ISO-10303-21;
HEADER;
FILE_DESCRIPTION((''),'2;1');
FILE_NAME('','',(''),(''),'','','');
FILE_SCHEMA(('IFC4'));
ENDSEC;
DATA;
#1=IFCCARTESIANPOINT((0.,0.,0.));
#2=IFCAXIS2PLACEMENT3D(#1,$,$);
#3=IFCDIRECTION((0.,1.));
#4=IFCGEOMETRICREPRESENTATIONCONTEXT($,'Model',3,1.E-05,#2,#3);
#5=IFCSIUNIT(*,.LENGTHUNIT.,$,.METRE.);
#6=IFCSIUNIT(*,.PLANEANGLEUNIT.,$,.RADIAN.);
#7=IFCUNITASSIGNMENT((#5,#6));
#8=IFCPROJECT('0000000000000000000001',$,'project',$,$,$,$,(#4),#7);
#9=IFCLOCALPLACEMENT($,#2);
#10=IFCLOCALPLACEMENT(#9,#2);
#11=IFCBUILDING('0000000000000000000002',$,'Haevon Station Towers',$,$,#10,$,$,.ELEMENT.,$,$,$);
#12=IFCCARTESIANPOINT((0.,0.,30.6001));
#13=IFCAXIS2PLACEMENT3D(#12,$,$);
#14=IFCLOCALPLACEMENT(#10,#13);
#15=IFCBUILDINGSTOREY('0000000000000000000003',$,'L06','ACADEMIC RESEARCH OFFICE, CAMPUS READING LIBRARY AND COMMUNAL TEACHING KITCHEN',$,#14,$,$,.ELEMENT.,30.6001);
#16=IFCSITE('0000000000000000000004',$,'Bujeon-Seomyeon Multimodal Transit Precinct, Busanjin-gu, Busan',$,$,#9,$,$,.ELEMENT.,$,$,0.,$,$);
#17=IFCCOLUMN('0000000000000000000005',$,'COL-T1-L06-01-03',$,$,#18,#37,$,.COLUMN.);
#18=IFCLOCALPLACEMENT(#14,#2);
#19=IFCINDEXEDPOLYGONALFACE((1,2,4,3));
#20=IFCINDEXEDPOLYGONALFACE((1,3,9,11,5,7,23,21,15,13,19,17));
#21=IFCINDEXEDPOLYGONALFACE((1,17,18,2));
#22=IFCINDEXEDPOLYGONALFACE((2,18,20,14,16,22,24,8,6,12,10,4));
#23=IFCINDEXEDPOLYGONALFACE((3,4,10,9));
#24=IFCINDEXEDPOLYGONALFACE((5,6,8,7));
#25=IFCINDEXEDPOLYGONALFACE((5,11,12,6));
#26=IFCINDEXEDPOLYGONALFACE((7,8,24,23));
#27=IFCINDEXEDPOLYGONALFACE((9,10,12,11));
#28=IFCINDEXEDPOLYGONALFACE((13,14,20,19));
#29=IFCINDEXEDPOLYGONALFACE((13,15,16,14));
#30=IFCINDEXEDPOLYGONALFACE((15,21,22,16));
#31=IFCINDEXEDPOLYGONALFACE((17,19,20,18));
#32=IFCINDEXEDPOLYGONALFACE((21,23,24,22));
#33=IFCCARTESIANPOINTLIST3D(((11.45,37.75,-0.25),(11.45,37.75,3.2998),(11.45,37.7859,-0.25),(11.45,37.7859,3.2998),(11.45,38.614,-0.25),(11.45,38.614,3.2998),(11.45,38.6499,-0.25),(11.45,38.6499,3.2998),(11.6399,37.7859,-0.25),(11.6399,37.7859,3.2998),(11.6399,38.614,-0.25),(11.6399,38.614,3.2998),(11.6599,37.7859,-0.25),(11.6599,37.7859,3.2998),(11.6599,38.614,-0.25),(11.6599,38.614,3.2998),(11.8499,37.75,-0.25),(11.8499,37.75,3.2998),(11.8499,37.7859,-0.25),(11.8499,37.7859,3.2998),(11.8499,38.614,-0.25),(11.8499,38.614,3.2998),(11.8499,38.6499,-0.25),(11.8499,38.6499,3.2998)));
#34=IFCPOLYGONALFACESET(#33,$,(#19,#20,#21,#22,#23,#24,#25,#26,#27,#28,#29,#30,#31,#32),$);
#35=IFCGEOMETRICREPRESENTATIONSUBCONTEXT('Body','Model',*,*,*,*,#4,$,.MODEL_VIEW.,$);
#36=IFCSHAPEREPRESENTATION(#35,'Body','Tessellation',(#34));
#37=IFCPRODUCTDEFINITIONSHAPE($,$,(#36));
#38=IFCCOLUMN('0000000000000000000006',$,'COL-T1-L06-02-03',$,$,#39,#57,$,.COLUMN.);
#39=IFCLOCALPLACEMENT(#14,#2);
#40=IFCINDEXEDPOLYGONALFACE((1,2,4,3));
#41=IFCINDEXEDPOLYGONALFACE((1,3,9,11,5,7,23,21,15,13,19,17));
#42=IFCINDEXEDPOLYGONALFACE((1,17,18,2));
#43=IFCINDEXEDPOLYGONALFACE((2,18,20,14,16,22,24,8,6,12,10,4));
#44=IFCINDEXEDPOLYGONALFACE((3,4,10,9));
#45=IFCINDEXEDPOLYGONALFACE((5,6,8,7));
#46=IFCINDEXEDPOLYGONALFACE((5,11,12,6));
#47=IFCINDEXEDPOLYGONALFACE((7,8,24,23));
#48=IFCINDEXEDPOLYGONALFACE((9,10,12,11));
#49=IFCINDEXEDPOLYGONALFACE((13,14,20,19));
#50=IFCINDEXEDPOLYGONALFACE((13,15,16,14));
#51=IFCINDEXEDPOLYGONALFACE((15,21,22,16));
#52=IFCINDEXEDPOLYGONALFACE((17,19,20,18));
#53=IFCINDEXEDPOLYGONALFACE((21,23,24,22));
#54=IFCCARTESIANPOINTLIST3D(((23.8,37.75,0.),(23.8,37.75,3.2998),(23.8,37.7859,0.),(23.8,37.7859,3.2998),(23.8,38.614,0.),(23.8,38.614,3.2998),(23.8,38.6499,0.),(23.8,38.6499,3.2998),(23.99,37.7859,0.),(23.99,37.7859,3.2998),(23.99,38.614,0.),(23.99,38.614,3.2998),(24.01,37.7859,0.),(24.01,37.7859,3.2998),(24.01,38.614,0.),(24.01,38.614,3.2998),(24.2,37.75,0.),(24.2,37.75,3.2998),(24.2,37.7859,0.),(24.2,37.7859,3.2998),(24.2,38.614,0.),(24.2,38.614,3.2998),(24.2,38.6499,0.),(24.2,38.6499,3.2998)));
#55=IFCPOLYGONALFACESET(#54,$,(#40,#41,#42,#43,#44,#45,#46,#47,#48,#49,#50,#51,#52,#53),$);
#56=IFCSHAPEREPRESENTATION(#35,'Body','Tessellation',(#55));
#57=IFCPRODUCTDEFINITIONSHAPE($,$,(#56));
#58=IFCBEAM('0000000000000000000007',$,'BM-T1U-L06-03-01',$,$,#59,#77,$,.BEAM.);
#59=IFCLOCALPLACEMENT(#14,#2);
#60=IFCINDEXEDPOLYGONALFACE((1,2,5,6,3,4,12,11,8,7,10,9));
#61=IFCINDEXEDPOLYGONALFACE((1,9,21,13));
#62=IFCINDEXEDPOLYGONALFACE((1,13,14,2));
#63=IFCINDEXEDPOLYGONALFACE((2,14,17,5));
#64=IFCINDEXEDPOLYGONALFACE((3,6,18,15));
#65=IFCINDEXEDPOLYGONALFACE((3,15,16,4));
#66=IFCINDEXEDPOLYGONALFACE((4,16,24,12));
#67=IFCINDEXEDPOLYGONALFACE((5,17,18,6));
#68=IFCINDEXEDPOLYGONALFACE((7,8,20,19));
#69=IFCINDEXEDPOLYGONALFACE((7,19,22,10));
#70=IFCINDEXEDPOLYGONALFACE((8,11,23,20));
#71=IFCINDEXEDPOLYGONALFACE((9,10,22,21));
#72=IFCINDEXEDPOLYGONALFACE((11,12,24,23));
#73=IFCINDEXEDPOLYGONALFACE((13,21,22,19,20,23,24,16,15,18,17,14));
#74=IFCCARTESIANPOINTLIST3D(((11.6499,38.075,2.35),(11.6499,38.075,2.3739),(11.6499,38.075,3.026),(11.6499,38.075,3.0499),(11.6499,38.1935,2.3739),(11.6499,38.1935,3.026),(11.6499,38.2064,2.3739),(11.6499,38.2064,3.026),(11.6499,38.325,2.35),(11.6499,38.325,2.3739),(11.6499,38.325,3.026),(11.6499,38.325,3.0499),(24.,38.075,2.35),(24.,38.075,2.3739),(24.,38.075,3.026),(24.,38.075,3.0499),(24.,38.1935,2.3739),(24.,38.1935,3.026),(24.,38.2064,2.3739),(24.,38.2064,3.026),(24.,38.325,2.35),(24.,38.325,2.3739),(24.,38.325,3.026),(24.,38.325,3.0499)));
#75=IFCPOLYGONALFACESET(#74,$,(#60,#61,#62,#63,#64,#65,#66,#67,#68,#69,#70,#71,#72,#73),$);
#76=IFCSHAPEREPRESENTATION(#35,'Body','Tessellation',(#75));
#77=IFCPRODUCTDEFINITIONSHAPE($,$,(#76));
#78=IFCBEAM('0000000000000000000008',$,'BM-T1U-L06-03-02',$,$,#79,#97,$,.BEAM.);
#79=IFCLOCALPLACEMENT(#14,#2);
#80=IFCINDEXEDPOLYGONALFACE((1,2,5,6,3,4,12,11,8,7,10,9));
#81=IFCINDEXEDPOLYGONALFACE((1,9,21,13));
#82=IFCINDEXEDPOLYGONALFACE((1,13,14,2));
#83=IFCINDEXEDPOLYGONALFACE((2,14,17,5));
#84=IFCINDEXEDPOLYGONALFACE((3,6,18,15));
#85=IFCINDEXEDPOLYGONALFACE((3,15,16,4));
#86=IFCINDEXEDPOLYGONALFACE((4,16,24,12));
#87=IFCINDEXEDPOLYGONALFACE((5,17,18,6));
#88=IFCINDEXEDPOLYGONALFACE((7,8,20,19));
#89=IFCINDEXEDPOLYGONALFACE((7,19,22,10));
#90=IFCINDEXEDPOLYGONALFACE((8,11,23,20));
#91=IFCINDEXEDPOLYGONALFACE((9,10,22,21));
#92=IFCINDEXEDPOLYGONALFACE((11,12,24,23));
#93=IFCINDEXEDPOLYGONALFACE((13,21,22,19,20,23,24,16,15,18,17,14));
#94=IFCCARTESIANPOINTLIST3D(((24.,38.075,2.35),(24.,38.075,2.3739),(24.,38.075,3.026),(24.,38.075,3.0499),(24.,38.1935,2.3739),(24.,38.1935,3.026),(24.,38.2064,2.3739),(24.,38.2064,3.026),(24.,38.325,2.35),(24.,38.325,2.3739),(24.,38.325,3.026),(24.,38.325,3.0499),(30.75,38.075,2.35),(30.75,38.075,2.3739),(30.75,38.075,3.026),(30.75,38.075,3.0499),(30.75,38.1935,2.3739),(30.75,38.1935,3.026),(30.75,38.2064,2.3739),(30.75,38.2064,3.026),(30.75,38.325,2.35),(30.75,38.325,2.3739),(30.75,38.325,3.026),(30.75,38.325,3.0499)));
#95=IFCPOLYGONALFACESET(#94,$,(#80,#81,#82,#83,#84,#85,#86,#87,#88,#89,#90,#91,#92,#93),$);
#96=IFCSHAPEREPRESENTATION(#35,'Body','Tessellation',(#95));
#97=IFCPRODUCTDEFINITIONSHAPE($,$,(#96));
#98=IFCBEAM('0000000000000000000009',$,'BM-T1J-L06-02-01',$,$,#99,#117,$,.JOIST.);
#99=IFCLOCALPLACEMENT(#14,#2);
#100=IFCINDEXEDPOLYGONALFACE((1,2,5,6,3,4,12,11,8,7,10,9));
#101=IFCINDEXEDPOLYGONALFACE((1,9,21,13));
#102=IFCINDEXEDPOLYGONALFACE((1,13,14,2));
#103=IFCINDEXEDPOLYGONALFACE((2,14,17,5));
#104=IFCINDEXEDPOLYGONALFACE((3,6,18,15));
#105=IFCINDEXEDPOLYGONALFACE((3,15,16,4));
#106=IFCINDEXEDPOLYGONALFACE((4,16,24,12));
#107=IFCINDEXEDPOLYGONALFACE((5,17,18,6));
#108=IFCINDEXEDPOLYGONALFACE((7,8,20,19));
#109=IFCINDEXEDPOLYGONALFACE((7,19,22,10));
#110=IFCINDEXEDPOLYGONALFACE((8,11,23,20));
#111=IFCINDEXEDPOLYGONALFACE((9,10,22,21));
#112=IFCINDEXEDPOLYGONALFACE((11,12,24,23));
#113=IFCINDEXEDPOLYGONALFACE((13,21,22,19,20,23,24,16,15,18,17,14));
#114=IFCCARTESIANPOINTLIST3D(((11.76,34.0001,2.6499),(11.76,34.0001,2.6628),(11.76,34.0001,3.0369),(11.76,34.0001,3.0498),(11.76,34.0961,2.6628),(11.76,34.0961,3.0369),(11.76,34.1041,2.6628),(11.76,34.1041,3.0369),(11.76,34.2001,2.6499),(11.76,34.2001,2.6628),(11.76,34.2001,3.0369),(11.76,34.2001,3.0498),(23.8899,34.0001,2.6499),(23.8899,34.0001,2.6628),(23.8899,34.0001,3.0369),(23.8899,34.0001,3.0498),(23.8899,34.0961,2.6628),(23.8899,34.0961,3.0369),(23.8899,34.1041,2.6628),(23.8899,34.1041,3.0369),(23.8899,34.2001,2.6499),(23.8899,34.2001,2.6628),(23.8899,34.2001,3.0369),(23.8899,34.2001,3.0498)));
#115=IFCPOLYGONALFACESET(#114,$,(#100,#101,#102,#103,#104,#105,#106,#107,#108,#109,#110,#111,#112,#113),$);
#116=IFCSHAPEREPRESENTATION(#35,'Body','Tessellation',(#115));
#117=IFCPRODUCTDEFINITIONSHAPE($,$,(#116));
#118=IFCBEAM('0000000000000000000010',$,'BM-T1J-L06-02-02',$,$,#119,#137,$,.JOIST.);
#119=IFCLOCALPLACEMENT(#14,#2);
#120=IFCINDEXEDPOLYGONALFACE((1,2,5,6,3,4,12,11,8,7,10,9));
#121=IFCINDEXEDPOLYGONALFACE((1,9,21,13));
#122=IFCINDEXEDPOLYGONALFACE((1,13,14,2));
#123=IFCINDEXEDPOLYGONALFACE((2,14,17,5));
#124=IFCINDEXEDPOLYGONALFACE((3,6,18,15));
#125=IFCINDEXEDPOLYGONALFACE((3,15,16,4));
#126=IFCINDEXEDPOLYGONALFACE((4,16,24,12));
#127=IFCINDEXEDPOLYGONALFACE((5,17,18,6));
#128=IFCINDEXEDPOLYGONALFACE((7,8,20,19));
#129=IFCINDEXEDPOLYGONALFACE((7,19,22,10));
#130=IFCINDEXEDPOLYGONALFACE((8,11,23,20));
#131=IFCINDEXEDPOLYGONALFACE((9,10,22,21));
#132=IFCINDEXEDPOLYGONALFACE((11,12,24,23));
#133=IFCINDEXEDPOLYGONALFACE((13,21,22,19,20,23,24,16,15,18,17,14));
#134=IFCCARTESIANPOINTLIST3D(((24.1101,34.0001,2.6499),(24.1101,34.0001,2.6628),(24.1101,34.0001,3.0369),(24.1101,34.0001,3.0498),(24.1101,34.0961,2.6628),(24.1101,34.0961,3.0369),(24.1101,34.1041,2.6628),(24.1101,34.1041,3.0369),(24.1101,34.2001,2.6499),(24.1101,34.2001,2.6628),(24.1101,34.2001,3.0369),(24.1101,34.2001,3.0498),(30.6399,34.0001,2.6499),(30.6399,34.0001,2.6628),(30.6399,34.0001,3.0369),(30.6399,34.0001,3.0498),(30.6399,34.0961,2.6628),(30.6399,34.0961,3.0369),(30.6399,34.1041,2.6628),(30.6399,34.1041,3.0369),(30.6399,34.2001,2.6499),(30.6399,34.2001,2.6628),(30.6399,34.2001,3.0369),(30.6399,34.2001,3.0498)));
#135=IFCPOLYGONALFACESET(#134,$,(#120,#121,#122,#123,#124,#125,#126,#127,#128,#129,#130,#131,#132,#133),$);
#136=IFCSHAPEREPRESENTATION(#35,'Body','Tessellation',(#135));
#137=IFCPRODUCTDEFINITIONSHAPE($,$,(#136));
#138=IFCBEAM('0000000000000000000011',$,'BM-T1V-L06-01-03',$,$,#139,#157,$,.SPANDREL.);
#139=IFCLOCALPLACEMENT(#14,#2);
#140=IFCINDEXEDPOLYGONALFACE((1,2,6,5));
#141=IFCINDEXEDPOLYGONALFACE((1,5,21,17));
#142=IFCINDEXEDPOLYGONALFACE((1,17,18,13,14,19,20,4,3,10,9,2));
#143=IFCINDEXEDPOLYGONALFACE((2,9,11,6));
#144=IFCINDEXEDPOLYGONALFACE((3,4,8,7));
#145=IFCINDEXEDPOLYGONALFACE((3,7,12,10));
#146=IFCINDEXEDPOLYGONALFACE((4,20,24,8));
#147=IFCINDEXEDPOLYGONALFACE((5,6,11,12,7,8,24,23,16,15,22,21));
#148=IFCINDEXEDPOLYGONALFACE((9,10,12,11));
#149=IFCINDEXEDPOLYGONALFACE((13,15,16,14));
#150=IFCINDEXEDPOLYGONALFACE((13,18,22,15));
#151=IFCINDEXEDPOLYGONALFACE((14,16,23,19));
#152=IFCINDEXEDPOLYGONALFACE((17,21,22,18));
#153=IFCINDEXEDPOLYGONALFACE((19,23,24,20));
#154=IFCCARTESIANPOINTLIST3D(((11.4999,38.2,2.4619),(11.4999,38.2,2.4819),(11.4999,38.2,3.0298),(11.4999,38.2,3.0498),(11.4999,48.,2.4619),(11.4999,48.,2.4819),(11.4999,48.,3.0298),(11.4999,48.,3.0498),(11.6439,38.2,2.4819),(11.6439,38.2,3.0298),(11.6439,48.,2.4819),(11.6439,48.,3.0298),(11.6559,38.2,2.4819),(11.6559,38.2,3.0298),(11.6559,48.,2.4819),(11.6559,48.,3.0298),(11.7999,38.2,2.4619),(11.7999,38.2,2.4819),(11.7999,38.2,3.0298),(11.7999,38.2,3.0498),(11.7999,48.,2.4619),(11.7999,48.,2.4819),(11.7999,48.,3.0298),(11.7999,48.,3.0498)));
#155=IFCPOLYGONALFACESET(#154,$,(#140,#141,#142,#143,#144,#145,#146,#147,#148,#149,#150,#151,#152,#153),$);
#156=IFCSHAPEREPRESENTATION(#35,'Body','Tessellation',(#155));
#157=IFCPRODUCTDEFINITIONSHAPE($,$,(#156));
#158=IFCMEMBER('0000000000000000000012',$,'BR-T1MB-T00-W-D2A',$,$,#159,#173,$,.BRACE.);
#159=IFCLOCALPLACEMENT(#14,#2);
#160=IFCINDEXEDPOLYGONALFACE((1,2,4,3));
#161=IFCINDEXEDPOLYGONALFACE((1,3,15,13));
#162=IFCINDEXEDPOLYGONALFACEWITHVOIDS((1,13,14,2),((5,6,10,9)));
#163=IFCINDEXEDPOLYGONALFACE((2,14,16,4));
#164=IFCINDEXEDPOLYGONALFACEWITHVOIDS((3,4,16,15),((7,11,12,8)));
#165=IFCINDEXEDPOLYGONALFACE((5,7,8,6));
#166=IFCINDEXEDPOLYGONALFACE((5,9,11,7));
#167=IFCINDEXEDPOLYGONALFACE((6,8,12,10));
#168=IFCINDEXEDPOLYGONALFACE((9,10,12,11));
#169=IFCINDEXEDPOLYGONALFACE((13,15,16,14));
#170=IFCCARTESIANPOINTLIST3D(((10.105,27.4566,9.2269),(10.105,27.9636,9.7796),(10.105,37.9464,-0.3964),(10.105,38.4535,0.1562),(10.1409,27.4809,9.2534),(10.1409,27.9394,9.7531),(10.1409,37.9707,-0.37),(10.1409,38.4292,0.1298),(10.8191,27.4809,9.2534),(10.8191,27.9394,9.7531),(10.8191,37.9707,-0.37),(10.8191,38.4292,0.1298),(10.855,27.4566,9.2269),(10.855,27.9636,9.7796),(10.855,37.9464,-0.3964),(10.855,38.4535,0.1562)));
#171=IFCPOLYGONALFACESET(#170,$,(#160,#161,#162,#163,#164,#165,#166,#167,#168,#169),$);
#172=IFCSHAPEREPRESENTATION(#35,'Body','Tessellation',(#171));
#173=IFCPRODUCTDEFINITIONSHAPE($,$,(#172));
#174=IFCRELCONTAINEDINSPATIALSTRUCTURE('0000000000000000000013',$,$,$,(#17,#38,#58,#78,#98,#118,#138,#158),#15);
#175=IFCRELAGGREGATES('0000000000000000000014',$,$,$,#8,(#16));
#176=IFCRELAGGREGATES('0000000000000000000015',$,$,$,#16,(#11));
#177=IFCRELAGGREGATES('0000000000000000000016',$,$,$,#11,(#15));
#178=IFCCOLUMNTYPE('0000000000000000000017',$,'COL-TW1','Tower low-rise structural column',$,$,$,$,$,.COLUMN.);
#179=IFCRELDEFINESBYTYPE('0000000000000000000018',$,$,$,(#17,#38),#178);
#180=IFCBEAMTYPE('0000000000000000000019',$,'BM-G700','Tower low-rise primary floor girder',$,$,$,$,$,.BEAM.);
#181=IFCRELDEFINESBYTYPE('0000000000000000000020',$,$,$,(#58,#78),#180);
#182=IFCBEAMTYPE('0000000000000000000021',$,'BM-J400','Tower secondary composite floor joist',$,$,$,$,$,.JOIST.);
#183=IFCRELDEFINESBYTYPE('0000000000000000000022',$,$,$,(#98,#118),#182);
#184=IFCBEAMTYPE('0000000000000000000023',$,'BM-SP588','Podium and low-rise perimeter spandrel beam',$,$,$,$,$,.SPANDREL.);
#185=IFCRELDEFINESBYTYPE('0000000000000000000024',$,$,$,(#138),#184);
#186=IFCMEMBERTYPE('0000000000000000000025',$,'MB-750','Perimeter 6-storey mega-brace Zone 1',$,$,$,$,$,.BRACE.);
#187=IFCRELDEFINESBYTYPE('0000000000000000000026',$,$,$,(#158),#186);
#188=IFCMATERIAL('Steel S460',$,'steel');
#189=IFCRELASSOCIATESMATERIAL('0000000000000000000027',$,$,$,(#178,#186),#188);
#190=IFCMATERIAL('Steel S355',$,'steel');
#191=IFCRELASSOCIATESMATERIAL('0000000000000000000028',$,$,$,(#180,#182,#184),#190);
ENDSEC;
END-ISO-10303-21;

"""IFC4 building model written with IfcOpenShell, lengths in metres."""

from ifc_helpers import new_model, si_unit, direction, frame, origin, origin_2d, place, context, subcontext, project, spatial, hollow_rectangle, i_section, extrude, material, material_profile, profile_set, type_object, element, save


model = new_model("IFC4")

# Units and contexts
model_context = context("Model", 3, precision=1e-05, world=origin(), true_north=direction((0.0, 1.0)))
body_context = subcontext(model_context, "Body", "Model", "MODEL_VIEW")
ifc_project = project(units=[si_unit("LENGTHUNIT", "METRE"), si_unit("PLANEANGLEUNIT", "RADIAN")], contexts=[model_context])

# Site, building, storey
site_placement = place(None, origin())
site = spatial("IfcSite", under=ifc_project, at=site_placement, Name="Bujeon-Seomyeon Multimodal Transit Precinct, Busanjin-gu, Busan", CompositionType="ELEMENT", RefElevation=0.0)
building_placement = place(site_placement, origin())
building = spatial("IfcBuilding", under=site, at=building_placement, Name="Haevon Station Towers", CompositionType="ELEMENT")
storey_placement = place(building_placement, frame((0.0, 0.0, 30.6001)))
storey = spatial("IfcBuildingStorey", under=building, at=storey_placement, Name="L06", Description="ACADEMIC RESEARCH OFFICE, CAMPUS READING LIBRARY AND COMMUNAL TEACHING KITCHEN", CompositionType="ELEMENT", Elevation=30.6001)

# Columns
ifc_material_1 = material(Name="Steel S460", Category="steel")
ifc_material_profile_1 = material_profile(ifc_material_1, i_section(OverallWidth=0.3999, OverallDepth=0.8999, WebThickness=0.02, FlangeThickness=0.0359, at=origin_2d()), Name="H-900x400x20x36")
ifc_profile_set_1 = profile_set([ifc_material_profile_1], Name="Steel S460")
column_type = type_object("IfcColumnType", Name="COL-TW1", Description="Tower low-rise structural column", PredefinedType="COLUMN", material=ifc_profile_set_1)
column_1_placement = place(storey_placement, frame((11.6499, 38.2, -0.25), z_axis=(0.0, 0.0, 1.0), x_axis=(1.0, 0.0, 0.0)))
element("IfcColumn", 1, at=column_1_placement, inside=storey, type_object=column_type, Name="COL-T1-L06-01-03", PredefinedType="COLUMN", context=body_context, shape_type="SweptSolid", body=[
    extrude(i_section(OverallWidth=0.3999, OverallDepth=0.8999, WebThickness=0.02, FlangeThickness=0.0359, at=origin_2d()), origin(), (0.0, 0.0, 1.0), 3.5498),
])
column_2_placement = place(storey_placement, frame((24.0, 38.2, 0.0), z_axis=(0.0, 0.0, 1.0), x_axis=(1.0, 0.0, 0.0)))
element("IfcColumn", 2, at=column_2_placement, inside=storey, type_object=column_type, Name="COL-T1-L06-02-03", PredefinedType="COLUMN", context=body_context, shape_type="SweptSolid", body=[
    extrude(i_section(OverallWidth=0.3999, OverallDepth=0.8999, WebThickness=0.02, FlangeThickness=0.0359, at=origin_2d()), origin(), (0.0, 0.0, 1.0), 3.2998),
])

# Beams
ifc_material_2 = material(Name="Steel S355", Category="steel")
ifc_material_profile_2 = material_profile(ifc_material_2, i_section(OverallWidth=0.25, OverallDepth=0.7, WebThickness=0.0129, FlangeThickness=0.0239, at=origin_2d()), Name="H-700x250x13x24")
ifc_profile_set_2 = profile_set([ifc_material_profile_2], Name="Steel S355")
beam_type_1 = type_object("IfcBeamType", Name="BM-G700", Description="Tower low-rise primary floor girder", PredefinedType="BEAM", material=ifc_profile_set_2)
beam_1_placement = place(storey_placement, frame((11.6499, 38.2, 2.7), z_axis=(1.0, 0.0, 0.0), x_axis=(0.0, 1.0, 0.0)))
element("IfcBeam", 3, at=beam_1_placement, inside=storey, type_object=beam_type_1, Name="BM-T1U-L06-03-01", PredefinedType="BEAM", context=body_context, shape_type="SweptSolid", body=[
    extrude(i_section(OverallWidth=0.25, OverallDepth=0.7, WebThickness=0.0129, FlangeThickness=0.0239, at=origin_2d()), origin(), (0.0, 0.0, 1.0), 12.3501),
])
beam_2_placement = place(storey_placement, frame((24.0, 38.2, 2.7), z_axis=(1.0, 0.0, 0.0), x_axis=(0.0, 1.0, 0.0)))
element("IfcBeam", 4, at=beam_2_placement, inside=storey, type_object=beam_type_1, Name="BM-T1U-L06-03-02", PredefinedType="BEAM", context=body_context, shape_type="SweptSolid", body=[
    extrude(i_section(OverallWidth=0.25, OverallDepth=0.7, WebThickness=0.0129, FlangeThickness=0.0239, at=origin_2d()), origin(), (0.0, 0.0, 1.0), 6.75),
])
ifc_material_profile_3 = material_profile(ifc_material_2, i_section(OverallWidth=0.2, OverallDepth=0.3999, WebThickness=0.0081, FlangeThickness=0.0129, at=origin_2d()), Name="H-400x200x8x13")
ifc_profile_set_3 = profile_set([ifc_material_profile_3], Name="Steel S355")
beam_type_2 = type_object("IfcBeamType", Name="BM-J400", Description="Tower secondary composite floor joist", PredefinedType="JOIST", material=ifc_profile_set_3)
beam_3_placement = place(storey_placement, frame((11.76, 34.1001, 2.8499), z_axis=(1.0, 0.0, 0.0), x_axis=(0.0, 1.0, 0.0)))
element("IfcBeam", 5, at=beam_3_placement, inside=storey, type_object=beam_type_2, Name="BM-T1J-L06-02-01", PredefinedType="JOIST", context=body_context, shape_type="SweptSolid", body=[
    extrude(i_section(OverallWidth=0.2, OverallDepth=0.3999, WebThickness=0.0081, FlangeThickness=0.0129, at=origin_2d()), origin(), (0.0, 0.0, 1.0), 12.1299),
])
beam_4_placement = place(storey_placement, frame((24.1101, 34.1001, 2.8499), z_axis=(1.0, 0.0, 0.0), x_axis=(0.0, 1.0, 0.0)))
element("IfcBeam", 6, at=beam_4_placement, inside=storey, type_object=beam_type_2, Name="BM-T1J-L06-02-02", PredefinedType="JOIST", context=body_context, shape_type="SweptSolid", body=[
    extrude(i_section(OverallWidth=0.2, OverallDepth=0.3999, WebThickness=0.0081, FlangeThickness=0.0129, at=origin_2d()), origin(), (0.0, 0.0, 1.0), 6.5298),
])
ifc_material_profile_4 = material_profile(ifc_material_2, i_section(OverallWidth=0.3, OverallDepth=0.5879, WebThickness=0.012, FlangeThickness=0.02, at=origin_2d()), Name="H-588x300x12x20")
ifc_profile_set_4 = profile_set([ifc_material_profile_4], Name="Steel S355")
beam_type_3 = type_object("IfcBeamType", Name="BM-SP588", Description="Podium and low-rise perimeter spandrel beam", PredefinedType="SPANDREL", material=ifc_profile_set_4)
beam_5_placement = place(storey_placement, frame((11.6499, 38.2, 2.7559), z_axis=(0.0, 1.0, 0.0), x_axis=(-1.0, 0.0, 0.0)))
element("IfcBeam", 7, at=beam_5_placement, inside=storey, type_object=beam_type_3, Name="BM-T1V-L06-01-03", PredefinedType="SPANDREL", context=body_context, shape_type="SweptSolid", body=[
    extrude(i_section(OverallWidth=0.3, OverallDepth=0.5879, WebThickness=0.012, FlangeThickness=0.02, at=origin_2d()), origin(), (0.0, 0.0, 1.0), 9.8),
])

# Member
ifc_material_profile_5 = material_profile(ifc_material_1, hollow_rectangle(XDim=0.75, YDim=0.75, WallThickness=0.0359, at=origin_2d()), Name="RHS-750x750x36")
ifc_profile_set_5 = profile_set([ifc_material_profile_5], Name="Steel S460")
member_type = type_object("IfcMemberType", Name="MB-750", Description="Perimeter 6-storey mega-brace Zone 1", PredefinedType="BRACE", material=ifc_profile_set_5)
member_placement = place(storey_placement, frame((10.48, 38.2, -0.1201), z_axis=(0.0, -0.736885, 0.676018), x_axis=(1.0, 0.0, 0.0)))
element("IfcMember", 8, at=member_placement, inside=storey, type_object=member_type, Name="BR-T1MB-T00-W-D2A", PredefinedType="BRACE", context=body_context, shape_type="SweptSolid", body=[
    extrude(hollow_rectangle(XDim=0.75, YDim=0.75, WallThickness=0.0359, at=origin_2d()), origin(), (0.0, 0.0, 1.0), 14.2354),
])

save(model, "model.ifc")
